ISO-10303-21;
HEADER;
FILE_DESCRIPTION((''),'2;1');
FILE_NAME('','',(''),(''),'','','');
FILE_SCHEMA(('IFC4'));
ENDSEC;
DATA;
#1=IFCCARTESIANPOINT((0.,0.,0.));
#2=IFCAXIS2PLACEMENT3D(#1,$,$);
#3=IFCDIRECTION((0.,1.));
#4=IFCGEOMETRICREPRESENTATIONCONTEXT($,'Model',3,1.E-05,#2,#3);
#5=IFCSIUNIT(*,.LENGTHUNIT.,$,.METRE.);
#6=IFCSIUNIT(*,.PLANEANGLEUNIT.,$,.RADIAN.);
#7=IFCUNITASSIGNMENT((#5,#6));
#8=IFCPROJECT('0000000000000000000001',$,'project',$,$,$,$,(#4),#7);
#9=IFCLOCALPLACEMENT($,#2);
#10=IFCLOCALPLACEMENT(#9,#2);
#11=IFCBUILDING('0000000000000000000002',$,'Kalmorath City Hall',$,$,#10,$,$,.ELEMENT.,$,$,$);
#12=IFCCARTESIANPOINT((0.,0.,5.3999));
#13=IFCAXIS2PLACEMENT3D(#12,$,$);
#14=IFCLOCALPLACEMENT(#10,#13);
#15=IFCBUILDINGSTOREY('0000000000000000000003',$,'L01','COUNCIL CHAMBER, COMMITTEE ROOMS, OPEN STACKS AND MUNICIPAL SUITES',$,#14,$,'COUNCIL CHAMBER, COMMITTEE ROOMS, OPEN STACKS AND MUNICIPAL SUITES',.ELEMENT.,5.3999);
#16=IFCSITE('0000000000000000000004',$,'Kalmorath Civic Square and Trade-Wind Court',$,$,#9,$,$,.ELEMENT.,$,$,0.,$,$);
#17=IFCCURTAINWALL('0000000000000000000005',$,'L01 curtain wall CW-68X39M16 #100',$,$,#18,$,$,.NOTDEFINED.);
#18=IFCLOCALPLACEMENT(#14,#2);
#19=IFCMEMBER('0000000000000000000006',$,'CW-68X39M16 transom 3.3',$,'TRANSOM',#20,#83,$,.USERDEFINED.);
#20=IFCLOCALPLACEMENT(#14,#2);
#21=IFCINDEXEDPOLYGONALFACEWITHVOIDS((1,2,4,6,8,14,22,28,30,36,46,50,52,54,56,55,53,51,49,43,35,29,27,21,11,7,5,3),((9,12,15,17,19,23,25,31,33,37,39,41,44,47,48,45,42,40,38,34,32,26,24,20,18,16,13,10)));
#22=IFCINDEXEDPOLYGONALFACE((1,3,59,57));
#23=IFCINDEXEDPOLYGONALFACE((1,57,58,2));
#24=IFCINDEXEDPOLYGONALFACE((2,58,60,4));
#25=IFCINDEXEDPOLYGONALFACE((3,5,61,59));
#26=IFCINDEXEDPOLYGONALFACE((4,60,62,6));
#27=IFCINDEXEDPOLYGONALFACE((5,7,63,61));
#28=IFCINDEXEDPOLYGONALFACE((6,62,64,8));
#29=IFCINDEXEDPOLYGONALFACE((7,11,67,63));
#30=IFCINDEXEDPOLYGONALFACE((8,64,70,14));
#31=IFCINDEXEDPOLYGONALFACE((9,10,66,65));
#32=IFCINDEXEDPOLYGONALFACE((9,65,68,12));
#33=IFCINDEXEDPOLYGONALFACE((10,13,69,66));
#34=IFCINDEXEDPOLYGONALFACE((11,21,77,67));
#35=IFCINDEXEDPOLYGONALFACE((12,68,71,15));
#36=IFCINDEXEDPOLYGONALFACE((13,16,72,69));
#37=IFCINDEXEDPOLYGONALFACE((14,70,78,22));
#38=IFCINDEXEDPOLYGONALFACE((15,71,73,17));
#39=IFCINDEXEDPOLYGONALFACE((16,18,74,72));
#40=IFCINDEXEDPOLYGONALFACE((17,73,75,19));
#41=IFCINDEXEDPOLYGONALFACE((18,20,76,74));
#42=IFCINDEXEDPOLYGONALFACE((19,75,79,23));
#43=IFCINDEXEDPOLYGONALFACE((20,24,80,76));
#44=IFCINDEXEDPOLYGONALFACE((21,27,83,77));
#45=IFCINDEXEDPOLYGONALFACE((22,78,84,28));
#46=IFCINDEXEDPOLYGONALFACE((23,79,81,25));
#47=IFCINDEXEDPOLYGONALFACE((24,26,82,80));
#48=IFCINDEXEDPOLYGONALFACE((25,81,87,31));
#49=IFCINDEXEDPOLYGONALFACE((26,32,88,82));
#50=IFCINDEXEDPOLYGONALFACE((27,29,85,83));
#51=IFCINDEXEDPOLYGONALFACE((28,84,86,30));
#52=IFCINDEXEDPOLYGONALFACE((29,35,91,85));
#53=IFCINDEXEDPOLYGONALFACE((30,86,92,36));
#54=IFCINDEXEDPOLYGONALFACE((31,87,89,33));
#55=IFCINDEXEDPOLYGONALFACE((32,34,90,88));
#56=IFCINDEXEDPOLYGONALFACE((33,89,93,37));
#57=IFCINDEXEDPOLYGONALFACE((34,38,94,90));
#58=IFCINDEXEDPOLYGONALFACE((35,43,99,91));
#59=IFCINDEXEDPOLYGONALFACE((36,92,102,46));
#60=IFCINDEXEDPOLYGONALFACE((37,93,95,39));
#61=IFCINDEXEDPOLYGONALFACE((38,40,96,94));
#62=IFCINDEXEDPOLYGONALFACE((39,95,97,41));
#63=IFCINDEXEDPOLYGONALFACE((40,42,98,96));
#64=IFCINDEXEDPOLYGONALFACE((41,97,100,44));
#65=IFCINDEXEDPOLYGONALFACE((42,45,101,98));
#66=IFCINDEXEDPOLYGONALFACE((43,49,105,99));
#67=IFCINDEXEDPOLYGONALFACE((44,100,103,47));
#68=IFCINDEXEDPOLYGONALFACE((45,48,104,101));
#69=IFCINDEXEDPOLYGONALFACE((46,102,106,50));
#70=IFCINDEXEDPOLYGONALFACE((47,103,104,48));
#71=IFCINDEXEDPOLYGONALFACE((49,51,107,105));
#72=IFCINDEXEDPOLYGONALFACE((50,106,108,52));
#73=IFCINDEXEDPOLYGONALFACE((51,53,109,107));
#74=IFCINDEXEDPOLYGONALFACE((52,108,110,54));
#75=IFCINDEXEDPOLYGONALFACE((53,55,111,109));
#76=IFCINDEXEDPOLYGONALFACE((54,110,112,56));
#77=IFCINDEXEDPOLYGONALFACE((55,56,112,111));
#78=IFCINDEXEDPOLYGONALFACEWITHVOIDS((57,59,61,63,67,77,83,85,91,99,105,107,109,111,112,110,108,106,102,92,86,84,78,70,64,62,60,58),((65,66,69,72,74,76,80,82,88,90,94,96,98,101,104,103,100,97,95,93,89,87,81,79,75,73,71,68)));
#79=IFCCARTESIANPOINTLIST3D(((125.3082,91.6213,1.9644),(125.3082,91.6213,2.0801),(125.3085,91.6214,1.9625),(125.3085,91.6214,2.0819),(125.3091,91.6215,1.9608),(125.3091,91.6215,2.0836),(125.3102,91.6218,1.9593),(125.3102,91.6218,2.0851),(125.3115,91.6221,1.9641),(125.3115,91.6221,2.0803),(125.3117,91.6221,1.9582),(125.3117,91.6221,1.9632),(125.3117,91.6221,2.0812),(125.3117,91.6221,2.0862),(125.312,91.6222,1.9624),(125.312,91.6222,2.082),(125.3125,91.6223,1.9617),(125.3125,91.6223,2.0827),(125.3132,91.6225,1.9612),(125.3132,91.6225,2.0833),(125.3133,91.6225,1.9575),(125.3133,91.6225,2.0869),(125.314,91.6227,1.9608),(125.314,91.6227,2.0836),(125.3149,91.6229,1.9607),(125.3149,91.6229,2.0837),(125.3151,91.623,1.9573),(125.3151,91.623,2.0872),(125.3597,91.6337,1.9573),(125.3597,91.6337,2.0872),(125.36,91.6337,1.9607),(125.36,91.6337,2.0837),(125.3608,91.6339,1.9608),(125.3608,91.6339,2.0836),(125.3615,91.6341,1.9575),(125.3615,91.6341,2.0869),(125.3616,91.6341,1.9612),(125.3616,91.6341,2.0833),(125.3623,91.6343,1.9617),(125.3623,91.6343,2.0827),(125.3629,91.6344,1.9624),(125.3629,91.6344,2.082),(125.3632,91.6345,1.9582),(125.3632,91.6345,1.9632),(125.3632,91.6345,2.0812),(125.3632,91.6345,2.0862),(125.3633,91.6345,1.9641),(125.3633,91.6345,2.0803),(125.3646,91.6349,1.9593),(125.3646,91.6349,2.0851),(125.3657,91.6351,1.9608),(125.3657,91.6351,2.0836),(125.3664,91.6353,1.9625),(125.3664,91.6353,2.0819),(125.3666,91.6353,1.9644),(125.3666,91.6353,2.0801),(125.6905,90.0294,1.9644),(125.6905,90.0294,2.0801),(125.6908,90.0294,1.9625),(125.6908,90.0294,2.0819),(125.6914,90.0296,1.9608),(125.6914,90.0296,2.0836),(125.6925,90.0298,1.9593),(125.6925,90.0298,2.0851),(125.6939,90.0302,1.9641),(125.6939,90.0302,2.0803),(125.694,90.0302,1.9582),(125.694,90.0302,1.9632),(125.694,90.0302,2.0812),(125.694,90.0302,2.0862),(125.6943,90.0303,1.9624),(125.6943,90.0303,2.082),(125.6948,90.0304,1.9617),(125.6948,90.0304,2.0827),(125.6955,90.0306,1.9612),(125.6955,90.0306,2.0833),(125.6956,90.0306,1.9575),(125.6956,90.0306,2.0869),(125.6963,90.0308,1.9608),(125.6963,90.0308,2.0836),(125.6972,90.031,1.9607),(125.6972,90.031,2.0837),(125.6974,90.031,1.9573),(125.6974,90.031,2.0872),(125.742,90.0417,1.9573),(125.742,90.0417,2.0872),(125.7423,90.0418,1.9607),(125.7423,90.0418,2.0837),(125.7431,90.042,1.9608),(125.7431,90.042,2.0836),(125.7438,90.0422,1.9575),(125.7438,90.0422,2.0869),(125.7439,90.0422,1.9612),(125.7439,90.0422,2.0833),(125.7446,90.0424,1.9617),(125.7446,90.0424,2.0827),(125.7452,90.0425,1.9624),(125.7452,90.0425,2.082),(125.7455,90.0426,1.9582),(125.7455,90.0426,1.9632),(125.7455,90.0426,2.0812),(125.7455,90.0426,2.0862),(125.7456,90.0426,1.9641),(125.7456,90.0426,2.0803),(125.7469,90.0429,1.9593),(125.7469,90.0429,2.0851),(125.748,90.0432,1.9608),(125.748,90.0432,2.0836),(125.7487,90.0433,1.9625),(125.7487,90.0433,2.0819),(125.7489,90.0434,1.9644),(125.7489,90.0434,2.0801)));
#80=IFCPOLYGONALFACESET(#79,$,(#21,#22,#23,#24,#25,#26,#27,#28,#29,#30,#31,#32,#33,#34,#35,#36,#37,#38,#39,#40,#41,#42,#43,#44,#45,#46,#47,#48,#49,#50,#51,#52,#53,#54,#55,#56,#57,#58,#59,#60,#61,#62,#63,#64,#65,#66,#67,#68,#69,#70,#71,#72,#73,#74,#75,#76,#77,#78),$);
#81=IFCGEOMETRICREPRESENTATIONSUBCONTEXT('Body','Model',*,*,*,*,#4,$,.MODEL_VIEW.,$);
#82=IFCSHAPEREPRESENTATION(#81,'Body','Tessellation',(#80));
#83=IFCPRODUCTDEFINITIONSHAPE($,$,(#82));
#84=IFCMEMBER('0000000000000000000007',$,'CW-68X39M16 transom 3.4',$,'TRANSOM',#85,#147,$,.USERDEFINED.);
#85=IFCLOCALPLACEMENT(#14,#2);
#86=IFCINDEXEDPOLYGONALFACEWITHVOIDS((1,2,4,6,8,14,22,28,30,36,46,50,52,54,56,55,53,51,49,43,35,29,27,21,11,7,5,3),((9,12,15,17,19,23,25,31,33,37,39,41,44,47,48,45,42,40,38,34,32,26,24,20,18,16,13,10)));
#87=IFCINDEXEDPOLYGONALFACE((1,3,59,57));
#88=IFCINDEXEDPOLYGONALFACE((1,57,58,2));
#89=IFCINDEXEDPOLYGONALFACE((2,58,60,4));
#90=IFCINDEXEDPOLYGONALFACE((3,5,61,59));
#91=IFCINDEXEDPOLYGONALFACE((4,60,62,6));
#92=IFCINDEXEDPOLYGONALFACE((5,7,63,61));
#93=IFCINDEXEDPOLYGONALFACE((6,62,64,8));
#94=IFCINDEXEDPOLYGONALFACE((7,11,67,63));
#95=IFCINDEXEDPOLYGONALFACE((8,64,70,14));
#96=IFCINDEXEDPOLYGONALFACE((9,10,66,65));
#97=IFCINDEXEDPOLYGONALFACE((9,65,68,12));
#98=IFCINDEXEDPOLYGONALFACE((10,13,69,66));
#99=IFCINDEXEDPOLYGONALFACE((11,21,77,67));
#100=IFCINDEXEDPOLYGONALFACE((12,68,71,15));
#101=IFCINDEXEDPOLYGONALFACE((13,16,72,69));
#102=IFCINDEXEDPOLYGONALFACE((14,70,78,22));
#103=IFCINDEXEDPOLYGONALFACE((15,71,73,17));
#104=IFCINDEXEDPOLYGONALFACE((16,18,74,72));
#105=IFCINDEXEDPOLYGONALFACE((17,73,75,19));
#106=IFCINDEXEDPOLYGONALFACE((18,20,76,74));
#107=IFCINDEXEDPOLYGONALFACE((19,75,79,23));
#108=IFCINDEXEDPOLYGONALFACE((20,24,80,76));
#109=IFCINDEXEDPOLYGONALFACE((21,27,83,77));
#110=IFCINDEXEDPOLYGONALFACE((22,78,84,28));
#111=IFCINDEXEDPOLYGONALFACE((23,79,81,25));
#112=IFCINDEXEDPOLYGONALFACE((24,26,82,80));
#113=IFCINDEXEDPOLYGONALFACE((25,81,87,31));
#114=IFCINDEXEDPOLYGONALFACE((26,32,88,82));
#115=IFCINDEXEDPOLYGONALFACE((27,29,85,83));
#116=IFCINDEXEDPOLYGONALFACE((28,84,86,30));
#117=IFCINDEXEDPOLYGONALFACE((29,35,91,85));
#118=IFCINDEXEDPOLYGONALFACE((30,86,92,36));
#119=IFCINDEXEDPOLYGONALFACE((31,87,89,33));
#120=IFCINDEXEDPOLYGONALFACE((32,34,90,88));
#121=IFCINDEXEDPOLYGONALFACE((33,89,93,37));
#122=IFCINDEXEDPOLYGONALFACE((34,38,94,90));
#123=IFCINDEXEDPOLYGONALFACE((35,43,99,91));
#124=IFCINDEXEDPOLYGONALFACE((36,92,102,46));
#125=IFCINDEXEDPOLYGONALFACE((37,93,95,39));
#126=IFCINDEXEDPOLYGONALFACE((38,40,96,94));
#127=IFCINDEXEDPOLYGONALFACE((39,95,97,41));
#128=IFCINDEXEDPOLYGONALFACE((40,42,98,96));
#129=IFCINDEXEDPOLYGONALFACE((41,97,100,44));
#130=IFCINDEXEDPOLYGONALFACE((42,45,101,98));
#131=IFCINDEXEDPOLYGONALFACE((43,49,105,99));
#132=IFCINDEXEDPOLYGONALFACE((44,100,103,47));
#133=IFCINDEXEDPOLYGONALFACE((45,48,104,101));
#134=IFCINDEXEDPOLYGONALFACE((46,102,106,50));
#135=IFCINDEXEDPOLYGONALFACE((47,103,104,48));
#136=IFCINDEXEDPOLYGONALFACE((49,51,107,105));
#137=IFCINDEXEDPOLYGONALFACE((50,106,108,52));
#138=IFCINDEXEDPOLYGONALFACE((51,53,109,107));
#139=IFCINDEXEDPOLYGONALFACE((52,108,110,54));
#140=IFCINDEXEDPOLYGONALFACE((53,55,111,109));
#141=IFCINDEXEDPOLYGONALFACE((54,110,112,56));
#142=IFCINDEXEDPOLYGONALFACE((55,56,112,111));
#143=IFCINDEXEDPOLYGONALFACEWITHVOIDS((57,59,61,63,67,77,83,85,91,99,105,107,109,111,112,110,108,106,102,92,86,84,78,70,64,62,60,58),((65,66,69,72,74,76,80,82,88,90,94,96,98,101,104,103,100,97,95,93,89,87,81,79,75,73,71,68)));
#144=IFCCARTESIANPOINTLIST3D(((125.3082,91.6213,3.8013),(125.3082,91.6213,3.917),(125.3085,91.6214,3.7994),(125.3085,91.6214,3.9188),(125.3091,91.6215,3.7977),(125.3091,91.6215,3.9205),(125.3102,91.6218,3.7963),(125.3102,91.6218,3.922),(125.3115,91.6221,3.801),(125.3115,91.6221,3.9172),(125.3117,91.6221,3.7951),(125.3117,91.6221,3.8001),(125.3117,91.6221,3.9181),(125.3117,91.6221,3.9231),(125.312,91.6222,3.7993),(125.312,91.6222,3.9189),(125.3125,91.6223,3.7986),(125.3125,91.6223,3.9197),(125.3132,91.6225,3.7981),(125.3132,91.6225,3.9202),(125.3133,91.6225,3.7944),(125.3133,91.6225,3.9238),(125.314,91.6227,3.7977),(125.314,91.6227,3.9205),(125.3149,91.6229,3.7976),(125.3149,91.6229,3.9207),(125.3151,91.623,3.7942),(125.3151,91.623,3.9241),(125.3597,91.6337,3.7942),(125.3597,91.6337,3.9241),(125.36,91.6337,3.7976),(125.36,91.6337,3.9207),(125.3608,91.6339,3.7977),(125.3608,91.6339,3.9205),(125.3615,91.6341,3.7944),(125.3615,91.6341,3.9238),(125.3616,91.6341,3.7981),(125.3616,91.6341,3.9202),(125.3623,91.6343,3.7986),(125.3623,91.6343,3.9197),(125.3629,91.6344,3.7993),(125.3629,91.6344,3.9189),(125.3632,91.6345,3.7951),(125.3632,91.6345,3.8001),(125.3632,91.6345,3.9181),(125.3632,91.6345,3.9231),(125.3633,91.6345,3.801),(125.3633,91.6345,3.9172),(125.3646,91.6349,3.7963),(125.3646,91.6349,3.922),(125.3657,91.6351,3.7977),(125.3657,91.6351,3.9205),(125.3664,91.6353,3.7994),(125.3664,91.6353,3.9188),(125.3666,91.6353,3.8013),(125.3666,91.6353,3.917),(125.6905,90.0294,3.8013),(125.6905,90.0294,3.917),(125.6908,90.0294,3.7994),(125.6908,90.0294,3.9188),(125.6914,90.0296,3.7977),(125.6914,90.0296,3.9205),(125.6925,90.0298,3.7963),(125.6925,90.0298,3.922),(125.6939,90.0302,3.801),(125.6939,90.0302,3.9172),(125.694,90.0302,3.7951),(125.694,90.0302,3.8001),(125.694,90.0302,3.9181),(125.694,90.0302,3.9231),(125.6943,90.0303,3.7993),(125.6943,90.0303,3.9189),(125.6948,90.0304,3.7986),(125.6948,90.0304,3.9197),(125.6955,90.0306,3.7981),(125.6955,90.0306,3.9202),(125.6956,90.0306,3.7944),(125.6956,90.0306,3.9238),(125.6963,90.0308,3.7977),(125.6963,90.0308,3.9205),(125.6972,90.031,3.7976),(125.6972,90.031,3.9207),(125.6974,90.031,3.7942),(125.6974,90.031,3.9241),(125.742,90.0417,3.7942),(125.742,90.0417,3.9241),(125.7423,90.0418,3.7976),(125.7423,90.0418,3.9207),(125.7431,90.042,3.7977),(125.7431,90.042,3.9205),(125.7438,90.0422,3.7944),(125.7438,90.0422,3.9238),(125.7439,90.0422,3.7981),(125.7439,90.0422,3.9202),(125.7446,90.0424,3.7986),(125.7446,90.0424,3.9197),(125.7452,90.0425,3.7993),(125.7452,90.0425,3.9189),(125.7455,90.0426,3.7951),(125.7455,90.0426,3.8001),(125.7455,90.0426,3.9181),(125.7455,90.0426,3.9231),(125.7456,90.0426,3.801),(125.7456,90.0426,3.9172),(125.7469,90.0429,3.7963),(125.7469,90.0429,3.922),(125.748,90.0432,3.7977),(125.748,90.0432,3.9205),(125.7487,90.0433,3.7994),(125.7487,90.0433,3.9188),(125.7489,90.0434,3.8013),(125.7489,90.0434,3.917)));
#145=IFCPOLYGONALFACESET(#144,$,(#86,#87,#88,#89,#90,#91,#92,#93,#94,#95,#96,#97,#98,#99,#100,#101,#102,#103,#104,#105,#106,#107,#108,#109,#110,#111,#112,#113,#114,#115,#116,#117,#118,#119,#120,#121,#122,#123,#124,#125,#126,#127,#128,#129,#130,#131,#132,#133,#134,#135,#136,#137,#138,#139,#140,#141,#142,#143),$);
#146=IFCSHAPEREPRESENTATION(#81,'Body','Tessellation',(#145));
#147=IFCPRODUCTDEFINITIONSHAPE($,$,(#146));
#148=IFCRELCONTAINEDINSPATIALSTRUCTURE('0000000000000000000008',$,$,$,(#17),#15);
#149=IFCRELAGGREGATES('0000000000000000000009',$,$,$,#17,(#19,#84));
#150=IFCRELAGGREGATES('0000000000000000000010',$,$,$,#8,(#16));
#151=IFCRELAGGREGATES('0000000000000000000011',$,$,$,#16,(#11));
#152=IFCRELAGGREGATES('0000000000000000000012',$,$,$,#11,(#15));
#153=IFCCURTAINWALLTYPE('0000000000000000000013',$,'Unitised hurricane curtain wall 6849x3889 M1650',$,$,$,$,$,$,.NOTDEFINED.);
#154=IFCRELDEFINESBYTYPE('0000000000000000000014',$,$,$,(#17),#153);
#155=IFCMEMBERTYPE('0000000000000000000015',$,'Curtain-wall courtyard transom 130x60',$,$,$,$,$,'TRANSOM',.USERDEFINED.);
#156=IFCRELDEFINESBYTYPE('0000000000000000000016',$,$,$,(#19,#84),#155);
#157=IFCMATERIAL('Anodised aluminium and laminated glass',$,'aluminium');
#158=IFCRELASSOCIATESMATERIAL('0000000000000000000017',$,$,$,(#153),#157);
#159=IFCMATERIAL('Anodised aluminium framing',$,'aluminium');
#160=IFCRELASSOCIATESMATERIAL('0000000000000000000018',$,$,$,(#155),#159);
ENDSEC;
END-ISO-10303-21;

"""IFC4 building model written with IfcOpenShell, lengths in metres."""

from ifc_helpers import new_model, si_unit, direction, frame, origin, origin_2d, place, context, subcontext, project, spatial, hollow_rectangle, extrude, material, material_profile, profile_set, type_object, element, aggregate, save


model = new_model("IFC4")

# Units and contexts
model_context = context("Model", 3, precision=1e-05, world=origin(), true_north=direction((0.0, 1.0)))
body_context = subcontext(model_context, "Body", "Model", "MODEL_VIEW")
ifc_project = project(units=[si_unit("LENGTHUNIT", "METRE"), si_unit("PLANEANGLEUNIT", "RADIAN")], contexts=[model_context])

# Site, building, storey
site_placement = place(None, origin())
site = spatial("IfcSite", under=ifc_project, at=site_placement, Name="Kalmorath Civic Square and Trade-Wind Court", CompositionType="ELEMENT", RefElevation=0.0)
building_placement = place(site_placement, origin())
building = spatial("IfcBuilding", under=site, at=building_placement, Name="Kalmorath City Hall", CompositionType="ELEMENT")
storey_placement = place(building_placement, frame((0.0, 0.0, 5.3999)))
storey = spatial("IfcBuildingStorey", under=building, at=storey_placement, Name="L01", Description="COUNCIL CHAMBER, COMMITTEE ROOMS, OPEN STACKS AND MUNICIPAL SUITES", LongName="COUNCIL CHAMBER, COMMITTEE ROOMS, OPEN STACKS AND MUNICIPAL SUITES", CompositionType="ELEMENT", Elevation=5.3999)

# Curtain wall, members
ifc_material_1 = material(Name="Anodised aluminium and laminated glass", Category="aluminium")
curtain_wall_type = type_object("IfcCurtainWallType", Name="Unitised hurricane curtain wall 6849x3889 M1650", PredefinedType="NOTDEFINED", material=ifc_material_1)
curtain_wall_placement = place(storey_placement, origin())
curtain_wall = element("IfcCurtainWall", 1, at=curtain_wall_placement, inside=storey, type_object=curtain_wall_type, Name="L01 curtain wall CW-68X39M16 #100", PredefinedType="NOTDEFINED")
ifc_material_2 = material(Name="Anodised aluminium framing", Category="aluminium")
ifc_material_profile_1 = material_profile(ifc_material_2, hollow_rectangle(XDim=0.0601, YDim=0.1299, WallThickness=0.0034, InnerFilletRadius=0.0034, OuterFilletRadius=0.0071, at=origin_2d()), Name="ALU-TRN-130X60X3.5")
ifc_profile_set_1 = profile_set([ifc_material_profile_1], Name="Anodised aluminium framing")
member_type_1 = type_object("IfcMemberType", Name="Curtain-wall courtyard transom 130x60", ElementType="TRANSOM", PredefinedType="USERDEFINED", material=ifc_profile_set_1)
member_1_placement = place(storey_placement, frame((125.7197, 90.0364, 2.0222), z_axis=(-0.233508, 0.972355, 0.0), x_axis=(-0.972355, -0.233508, 0.0)))
member_1 = element("IfcMember", 2, at=member_1_placement, type_object=member_type_1, Name="CW-68X39M16 transom 3.3", ObjectType="TRANSOM", PredefinedType="USERDEFINED", context=body_context, shape_type="SweptSolid", body=[
    extrude(hollow_rectangle(XDim=0.0601, YDim=0.1299, WallThickness=0.0034, InnerFilletRadius=0.0034, OuterFilletRadius=0.0071, at=origin_2d()), origin(), (0.0, 0.0, 1.0), 1.6372),
])
member_2_placement = place(storey_placement, frame((125.7197, 90.0364, 3.8591), z_axis=(-0.233508, 0.972355, 0.0), x_axis=(-0.972355, -0.233508, 0.0)))
member_2 = element("IfcMember", 3, at=member_2_placement, type_object=member_type_1, Name="CW-68X39M16 transom 3.4", ObjectType="TRANSOM", PredefinedType="USERDEFINED", context=body_context, shape_type="SweptSolid", body=[
    extrude(hollow_rectangle(XDim=0.0601, YDim=0.1299, WallThickness=0.0034, InnerFilletRadius=0.0034, OuterFilletRadius=0.0071, at=origin_2d()), origin(), (0.0, 0.0, 1.0), 1.6372),
])

aggregate(curtain_wall, [member_1, member_2])

save(model, "model.ifc")
